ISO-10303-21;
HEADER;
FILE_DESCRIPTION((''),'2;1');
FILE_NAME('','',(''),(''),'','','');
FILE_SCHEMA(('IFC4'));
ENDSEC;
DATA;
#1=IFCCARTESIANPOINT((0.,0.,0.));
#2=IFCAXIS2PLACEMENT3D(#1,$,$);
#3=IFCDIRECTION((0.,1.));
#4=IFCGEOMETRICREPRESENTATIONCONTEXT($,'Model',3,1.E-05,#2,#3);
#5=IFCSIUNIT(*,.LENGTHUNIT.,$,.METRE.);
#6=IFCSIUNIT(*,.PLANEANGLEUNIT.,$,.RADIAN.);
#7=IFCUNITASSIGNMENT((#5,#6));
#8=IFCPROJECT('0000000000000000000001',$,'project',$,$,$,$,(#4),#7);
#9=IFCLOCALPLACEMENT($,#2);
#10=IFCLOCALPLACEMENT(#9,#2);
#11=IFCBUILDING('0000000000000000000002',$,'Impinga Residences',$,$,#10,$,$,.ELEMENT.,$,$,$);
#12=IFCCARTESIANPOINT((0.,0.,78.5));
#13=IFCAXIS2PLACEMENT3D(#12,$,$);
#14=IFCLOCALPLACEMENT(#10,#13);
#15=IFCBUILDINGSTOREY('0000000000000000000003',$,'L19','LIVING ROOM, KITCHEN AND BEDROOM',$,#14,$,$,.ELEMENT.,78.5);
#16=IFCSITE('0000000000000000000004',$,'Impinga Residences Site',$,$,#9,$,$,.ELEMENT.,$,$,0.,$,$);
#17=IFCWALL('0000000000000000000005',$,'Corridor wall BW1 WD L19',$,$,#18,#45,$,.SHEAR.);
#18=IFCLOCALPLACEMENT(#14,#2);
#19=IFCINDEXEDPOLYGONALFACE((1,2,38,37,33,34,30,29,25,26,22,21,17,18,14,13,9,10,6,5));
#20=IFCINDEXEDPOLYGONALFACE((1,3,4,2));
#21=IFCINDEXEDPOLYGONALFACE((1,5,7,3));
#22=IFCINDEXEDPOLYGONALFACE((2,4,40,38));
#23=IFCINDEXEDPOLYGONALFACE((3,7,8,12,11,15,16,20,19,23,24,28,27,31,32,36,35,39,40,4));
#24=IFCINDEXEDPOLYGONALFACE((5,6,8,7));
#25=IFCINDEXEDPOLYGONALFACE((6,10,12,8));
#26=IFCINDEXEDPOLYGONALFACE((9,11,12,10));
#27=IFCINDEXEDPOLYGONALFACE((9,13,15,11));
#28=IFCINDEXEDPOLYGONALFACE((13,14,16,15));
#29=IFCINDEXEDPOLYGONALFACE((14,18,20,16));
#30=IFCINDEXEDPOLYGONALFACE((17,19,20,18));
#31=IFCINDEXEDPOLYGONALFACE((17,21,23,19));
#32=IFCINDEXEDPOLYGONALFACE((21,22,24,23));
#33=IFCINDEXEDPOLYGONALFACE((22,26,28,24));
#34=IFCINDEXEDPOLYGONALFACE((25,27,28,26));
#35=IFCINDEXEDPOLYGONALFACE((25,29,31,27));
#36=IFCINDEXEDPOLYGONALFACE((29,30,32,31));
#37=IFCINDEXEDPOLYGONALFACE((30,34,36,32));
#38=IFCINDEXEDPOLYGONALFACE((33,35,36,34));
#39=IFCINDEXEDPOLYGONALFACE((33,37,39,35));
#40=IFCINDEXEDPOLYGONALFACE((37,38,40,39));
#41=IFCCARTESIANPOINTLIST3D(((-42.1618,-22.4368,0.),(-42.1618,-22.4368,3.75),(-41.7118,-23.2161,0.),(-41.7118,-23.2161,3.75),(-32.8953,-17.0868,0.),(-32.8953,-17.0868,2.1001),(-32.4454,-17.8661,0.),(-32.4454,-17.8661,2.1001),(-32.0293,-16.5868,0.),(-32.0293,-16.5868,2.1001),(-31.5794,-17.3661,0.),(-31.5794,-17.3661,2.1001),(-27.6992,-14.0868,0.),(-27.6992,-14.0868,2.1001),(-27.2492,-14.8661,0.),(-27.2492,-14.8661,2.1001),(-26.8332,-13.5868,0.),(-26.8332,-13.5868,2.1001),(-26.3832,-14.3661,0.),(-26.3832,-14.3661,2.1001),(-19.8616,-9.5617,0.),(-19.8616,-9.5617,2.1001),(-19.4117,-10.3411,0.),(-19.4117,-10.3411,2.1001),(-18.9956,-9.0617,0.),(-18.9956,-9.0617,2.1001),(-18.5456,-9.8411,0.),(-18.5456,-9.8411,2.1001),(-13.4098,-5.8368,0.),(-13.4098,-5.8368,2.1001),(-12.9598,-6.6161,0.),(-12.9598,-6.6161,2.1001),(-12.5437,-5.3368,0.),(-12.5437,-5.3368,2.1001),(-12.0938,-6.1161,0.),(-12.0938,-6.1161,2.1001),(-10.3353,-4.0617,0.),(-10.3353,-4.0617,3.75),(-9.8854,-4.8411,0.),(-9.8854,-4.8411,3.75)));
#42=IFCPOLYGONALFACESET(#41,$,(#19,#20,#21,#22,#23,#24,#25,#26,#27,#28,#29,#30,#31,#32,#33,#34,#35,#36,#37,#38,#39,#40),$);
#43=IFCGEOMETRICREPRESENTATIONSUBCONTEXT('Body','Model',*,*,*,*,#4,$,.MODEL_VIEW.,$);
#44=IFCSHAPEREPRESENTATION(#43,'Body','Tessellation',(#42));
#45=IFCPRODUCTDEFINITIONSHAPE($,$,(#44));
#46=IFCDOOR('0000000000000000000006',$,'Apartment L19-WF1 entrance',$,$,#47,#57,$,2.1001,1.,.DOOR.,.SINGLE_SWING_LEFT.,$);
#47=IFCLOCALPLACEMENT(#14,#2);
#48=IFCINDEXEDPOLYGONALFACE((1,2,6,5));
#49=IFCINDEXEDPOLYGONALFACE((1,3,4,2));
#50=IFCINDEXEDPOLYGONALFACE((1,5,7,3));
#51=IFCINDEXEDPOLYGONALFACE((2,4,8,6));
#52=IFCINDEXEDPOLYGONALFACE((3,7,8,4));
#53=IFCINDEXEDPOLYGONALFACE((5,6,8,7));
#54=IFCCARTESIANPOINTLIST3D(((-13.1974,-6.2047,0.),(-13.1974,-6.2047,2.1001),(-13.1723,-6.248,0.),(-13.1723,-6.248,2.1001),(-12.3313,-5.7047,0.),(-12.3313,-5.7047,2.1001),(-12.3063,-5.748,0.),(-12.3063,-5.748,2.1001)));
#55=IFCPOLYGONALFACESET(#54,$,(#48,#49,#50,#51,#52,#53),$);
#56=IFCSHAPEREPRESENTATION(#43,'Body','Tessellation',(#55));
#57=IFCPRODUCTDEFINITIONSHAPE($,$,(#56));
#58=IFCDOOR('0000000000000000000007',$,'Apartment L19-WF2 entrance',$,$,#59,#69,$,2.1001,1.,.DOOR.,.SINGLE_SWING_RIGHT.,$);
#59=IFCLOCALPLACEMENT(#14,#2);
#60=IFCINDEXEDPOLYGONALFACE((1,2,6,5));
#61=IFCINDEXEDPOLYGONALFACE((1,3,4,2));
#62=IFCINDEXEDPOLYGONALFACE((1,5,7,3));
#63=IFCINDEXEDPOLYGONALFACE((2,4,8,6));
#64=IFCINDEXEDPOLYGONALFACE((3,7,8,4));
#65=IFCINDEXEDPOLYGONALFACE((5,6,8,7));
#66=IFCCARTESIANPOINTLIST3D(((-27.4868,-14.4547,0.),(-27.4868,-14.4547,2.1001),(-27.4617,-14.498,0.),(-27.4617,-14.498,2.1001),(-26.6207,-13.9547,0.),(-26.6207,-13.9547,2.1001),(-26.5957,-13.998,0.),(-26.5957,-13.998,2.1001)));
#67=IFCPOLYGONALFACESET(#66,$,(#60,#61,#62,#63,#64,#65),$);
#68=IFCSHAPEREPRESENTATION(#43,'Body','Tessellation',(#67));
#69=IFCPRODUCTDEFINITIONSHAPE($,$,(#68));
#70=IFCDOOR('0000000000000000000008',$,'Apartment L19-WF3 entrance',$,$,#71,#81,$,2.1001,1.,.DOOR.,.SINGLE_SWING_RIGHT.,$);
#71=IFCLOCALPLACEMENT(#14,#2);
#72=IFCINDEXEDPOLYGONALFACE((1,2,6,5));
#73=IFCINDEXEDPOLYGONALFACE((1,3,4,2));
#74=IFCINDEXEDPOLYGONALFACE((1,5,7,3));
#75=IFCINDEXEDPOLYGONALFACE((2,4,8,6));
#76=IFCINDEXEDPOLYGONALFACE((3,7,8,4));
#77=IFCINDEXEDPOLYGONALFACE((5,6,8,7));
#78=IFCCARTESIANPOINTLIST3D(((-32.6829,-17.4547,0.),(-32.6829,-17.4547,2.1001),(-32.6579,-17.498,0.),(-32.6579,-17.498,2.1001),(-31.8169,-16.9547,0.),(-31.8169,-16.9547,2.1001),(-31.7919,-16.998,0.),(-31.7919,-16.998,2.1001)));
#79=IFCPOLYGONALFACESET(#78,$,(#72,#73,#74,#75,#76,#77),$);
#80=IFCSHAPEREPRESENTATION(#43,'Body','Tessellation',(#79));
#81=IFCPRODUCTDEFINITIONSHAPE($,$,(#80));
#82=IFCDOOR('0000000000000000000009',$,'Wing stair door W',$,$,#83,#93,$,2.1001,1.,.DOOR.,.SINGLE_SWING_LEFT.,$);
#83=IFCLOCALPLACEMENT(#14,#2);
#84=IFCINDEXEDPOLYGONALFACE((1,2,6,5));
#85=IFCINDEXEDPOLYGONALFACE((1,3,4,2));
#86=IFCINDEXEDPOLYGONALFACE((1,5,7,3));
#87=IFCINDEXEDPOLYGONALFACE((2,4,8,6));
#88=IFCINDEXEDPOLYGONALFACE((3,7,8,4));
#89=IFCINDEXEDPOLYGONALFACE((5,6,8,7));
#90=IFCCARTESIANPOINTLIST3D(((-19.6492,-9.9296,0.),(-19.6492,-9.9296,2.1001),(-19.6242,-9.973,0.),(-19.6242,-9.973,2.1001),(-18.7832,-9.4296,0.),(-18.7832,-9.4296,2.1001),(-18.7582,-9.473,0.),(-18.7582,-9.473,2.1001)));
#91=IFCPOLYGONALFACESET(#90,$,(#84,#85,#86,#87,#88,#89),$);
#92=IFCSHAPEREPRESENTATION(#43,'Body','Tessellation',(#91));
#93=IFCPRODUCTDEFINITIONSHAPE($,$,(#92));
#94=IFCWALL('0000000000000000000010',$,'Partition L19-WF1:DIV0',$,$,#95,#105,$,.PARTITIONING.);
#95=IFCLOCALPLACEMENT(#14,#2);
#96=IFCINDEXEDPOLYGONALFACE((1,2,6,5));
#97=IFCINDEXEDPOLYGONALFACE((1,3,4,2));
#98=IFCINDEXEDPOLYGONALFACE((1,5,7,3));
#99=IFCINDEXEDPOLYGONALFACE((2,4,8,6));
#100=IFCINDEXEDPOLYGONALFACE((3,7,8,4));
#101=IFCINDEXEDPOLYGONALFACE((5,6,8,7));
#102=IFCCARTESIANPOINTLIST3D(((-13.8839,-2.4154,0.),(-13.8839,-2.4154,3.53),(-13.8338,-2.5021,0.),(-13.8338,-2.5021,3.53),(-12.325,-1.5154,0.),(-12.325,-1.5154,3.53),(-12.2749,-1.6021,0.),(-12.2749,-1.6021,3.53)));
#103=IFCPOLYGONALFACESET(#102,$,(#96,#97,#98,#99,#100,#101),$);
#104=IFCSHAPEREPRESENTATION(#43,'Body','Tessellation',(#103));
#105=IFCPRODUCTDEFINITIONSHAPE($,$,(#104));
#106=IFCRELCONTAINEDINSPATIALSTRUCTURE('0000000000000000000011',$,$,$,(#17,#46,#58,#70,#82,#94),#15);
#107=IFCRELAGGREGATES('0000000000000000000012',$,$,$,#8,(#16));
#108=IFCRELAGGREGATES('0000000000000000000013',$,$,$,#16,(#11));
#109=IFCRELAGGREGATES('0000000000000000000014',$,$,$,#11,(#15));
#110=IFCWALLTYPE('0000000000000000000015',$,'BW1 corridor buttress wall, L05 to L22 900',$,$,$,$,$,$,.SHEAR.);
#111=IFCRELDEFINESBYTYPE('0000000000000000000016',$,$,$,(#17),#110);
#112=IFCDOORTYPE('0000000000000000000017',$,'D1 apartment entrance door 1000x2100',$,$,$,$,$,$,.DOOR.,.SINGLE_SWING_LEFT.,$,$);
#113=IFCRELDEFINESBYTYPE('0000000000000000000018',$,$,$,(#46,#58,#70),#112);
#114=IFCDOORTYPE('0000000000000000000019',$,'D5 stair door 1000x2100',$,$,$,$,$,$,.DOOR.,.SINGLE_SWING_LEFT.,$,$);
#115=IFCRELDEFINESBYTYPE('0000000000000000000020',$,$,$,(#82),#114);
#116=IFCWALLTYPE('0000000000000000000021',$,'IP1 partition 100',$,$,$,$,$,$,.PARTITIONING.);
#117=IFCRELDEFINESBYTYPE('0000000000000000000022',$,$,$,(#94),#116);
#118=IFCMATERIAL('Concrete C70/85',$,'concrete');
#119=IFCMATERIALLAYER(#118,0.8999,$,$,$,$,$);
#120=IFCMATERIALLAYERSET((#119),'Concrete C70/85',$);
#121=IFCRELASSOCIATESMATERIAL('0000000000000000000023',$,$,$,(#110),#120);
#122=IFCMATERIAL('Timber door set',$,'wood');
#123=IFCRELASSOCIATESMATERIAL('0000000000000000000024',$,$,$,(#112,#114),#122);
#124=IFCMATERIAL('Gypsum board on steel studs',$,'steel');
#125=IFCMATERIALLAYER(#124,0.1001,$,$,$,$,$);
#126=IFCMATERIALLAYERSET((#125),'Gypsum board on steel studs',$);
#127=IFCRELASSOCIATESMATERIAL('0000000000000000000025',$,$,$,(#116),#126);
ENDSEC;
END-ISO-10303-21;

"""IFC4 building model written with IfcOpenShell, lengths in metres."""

from ifc_helpers import new_model, si_unit, direction, frame, frame_2d, origin, place, context, subcontext, project, spatial, rectangle, extrude, material, layer, layer_set, type_object, element, fill, save


model = new_model("IFC4")

# Units and contexts
model_context = context("Model", 3, precision=1e-05, world=origin(), true_north=direction((0.0, 1.0)))
body_context = subcontext(model_context, "Body", "Model", "MODEL_VIEW")
ifc_project = project(units=[si_unit("LENGTHUNIT", "METRE"), si_unit("PLANEANGLEUNIT", "RADIAN")], contexts=[model_context])

# Site, building, storey
site_placement = place(None, origin())
site = spatial("IfcSite", under=ifc_project, at=site_placement, Name="Impinga Residences Site", CompositionType="ELEMENT", RefElevation=0.0)
building_placement = place(site_placement, origin())
building = spatial("IfcBuilding", under=site, at=building_placement, Name="Impinga Residences", CompositionType="ELEMENT")
storey_placement = place(building_placement, frame((0.0, 0.0, 78.5)))
storey = spatial("IfcBuildingStorey", under=building, at=storey_placement, Name="L19", Description="LIVING ROOM, KITCHEN AND BEDROOM", CompositionType="ELEMENT", Elevation=78.5)

# Wall, openings, doors
ifc_material_1 = material(Name="Concrete C70/85", Category="concrete")
ifc_layer_1 = layer(ifc_material_1, 0.8999)
ifc_layer_set_1 = layer_set([ifc_layer_1], Name="Concrete C70/85")
wall_type_1 = type_object("IfcWallType", Name="BW1 corridor buttress wall, L05 to L22 900", PredefinedType="SHEAR", material=ifc_layer_set_1)
wall_1_placement = place(storey_placement, frame((-10.1104, -4.4514, 0.0), z_axis=(0.0, 0.0, 1.0), x_axis=(-0.866025, -0.5, 0.0)))
wall_1 = element("IfcWall", 1, at=wall_1_placement, inside=storey, type_object=wall_type_1, Name="Corridor wall BW1 WD L19", PredefinedType="SHEAR", context=body_context, shape_type="SweptSolid", body=[
    extrude(rectangle(XDim=36.75, YDim=0.8999, at=frame_2d((18.375, 0.0))), origin(), (0.0, 0.0, 1.0), 3.75),
])
opening_1_placement = place(wall_1_placement, frame((10.0, 0.0, 0.0)))
opening_1 = element("IfcOpeningElement", 2, at=opening_1_placement, cuts=wall_1, PredefinedType="OPENING", context=body_context, shape_type="SweptSolid", body=[
    extrude(rectangle(XDim=1.0, YDim=2.1001, at=frame_2d((0.5, 1.05))), frame((0.0, 0.46, 0.0), z_axis=(0.0, -1.0, 0.0), x_axis=(1.0, 0.0, 0.0)), (0.0, 0.0, 1.0), 0.9199),
])
opening_2_placement = place(wall_1_placement, frame((2.55, 0.0, 0.0)))
opening_2 = element("IfcOpeningElement", 3, at=opening_2_placement, cuts=wall_1, PredefinedType="OPENING", context=body_context, shape_type="SweptSolid", body=[
    extrude(rectangle(XDim=1.0, YDim=2.1001, at=frame_2d((0.5, 1.05))), frame((0.0, 0.46, 0.0), z_axis=(0.0, -1.0, 0.0), x_axis=(1.0, 0.0, 0.0)), (0.0, 0.0, 1.0), 0.9199),
])
opening_3_placement = place(wall_1_placement, frame((19.05, 0.0, 0.0)))
opening_3 = element("IfcOpeningElement", 4, at=opening_3_placement, cuts=wall_1, PredefinedType="OPENING", context=body_context, shape_type="SweptSolid", body=[
    extrude(rectangle(XDim=1.0, YDim=2.1001, at=frame_2d((0.5, 1.05))), frame((0.0, 0.46, 0.0), z_axis=(0.0, -1.0, 0.0), x_axis=(1.0, 0.0, 0.0)), (0.0, 0.0, 1.0), 0.9199),
])
opening_4_placement = place(wall_1_placement, frame((25.05, 0.0, 0.0)))
opening_4 = element("IfcOpeningElement", 5, at=opening_4_placement, cuts=wall_1, PredefinedType="OPENING", context=body_context, shape_type="SweptSolid", body=[
    extrude(rectangle(XDim=1.0, YDim=2.1001, at=frame_2d((0.5, 1.05))), frame((0.0, 0.46, 0.0), z_axis=(0.0, -1.0, 0.0), x_axis=(1.0, 0.0, 0.0)), (0.0, 0.0, 1.0), 0.9199),
])
ifc_material_2 = material(Name="Timber door set", Category="wood")
door_type_1 = type_object("IfcDoorType", Name="D1 apartment entrance door 1000x2100", OperationType="SINGLE_SWING_LEFT", PredefinedType="DOOR", material=ifc_material_2)
door_1_placement = place(opening_2_placement, origin())
door_1 = element("IfcDoor", 6, at=door_1_placement, inside=storey, type_object=door_type_1, Name="Apartment L19-WF1 entrance", OperationType="SINGLE_SWING_LEFT", OverallHeight=2.1001, OverallWidth=1.0, PredefinedType="DOOR", context=body_context, shape_type="SweptSolid", body=[
    extrude(rectangle(XDim=1.0, YDim=2.1001, at=frame_2d((0.5, 1.05))), frame((0.0, 0.0249, 0.0), z_axis=(0.0, -1.0, 0.0), x_axis=(1.0, 0.0, 0.0)), (0.0, 0.0, 1.0), 0.05),
])
fill(opening_2, door_1)
door_2_placement = place(opening_3_placement, origin())
door_2 = element("IfcDoor", 7, at=door_2_placement, inside=storey, type_object=door_type_1, Name="Apartment L19-WF2 entrance", OperationType="SINGLE_SWING_RIGHT", OverallHeight=2.1001, OverallWidth=1.0, PredefinedType="DOOR", context=body_context, shape_type="SweptSolid", body=[
    extrude(rectangle(XDim=1.0, YDim=2.1001, at=frame_2d((0.5, 1.05))), frame((0.0, 0.0249, 0.0), z_axis=(0.0, -1.0, 0.0), x_axis=(1.0, 0.0, 0.0)), (0.0, 0.0, 1.0), 0.05),
])
fill(opening_3, door_2)
door_3_placement = place(opening_4_placement, origin())
door_3 = element("IfcDoor", 8, at=door_3_placement, inside=storey, type_object=door_type_1, Name="Apartment L19-WF3 entrance", OperationType="SINGLE_SWING_RIGHT", OverallHeight=2.1001, OverallWidth=1.0, PredefinedType="DOOR", context=body_context, shape_type="SweptSolid", body=[
    extrude(rectangle(XDim=1.0, YDim=2.1001, at=frame_2d((0.5, 1.05))), frame((0.0, 0.0249, 0.0), z_axis=(0.0, -1.0, 0.0), x_axis=(1.0, 0.0, 0.0)), (0.0, 0.0, 1.0), 0.05),
])
fill(opening_4, door_3)
door_type_2 = type_object("IfcDoorType", Name="D5 stair door 1000x2100", OperationType="SINGLE_SWING_LEFT", PredefinedType="DOOR", material=ifc_material_2)
door_4_placement = place(opening_1_placement, origin())
door_4 = element("IfcDoor", 9, at=door_4_placement, inside=storey, type_object=door_type_2, Name="Wing stair door W", OperationType="SINGLE_SWING_LEFT", OverallHeight=2.1001, OverallWidth=1.0, PredefinedType="DOOR", context=body_context, shape_type="SweptSolid", body=[
    extrude(rectangle(XDim=1.0, YDim=2.1001, at=frame_2d((0.5, 1.05))), frame((0.0, 0.0249, 0.0), z_axis=(0.0, -1.0, 0.0), x_axis=(1.0, 0.0, 0.0)), (0.0, 0.0, 1.0), 0.05),
])
fill(opening_1, door_4)

# Wall
ifc_material_3 = material(Name="Gypsum board on steel studs", Category="steel")
ifc_layer_2 = layer(ifc_material_3, 0.1001)
ifc_layer_set_2 = layer_set([ifc_layer_2], Name="Gypsum board on steel studs")
wall_type_2 = type_object("IfcWallType", Name="IP1 partition 100", PredefinedType="PARTITIONING", material=ifc_layer_set_2)
wall_2_placement = place(storey_placement, frame((-12.3, -1.5588, 0.0), z_axis=(0.0, 0.0, 1.0), x_axis=(-0.866048, -0.499961, 0.0)))
element("IfcWall", 10, at=wall_2_placement, inside=storey, type_object=wall_type_2, Name="Partition L19-WF1:DIV0", PredefinedType="PARTITIONING", context=body_context, shape_type="SweptSolid", body=[
    extrude(rectangle(XDim=1.8, YDim=0.1001, at=frame_2d((0.8999, 0.0))), origin(), (0.0, 0.0, 1.0), 3.53),
])

save(model, "model.ifc")
